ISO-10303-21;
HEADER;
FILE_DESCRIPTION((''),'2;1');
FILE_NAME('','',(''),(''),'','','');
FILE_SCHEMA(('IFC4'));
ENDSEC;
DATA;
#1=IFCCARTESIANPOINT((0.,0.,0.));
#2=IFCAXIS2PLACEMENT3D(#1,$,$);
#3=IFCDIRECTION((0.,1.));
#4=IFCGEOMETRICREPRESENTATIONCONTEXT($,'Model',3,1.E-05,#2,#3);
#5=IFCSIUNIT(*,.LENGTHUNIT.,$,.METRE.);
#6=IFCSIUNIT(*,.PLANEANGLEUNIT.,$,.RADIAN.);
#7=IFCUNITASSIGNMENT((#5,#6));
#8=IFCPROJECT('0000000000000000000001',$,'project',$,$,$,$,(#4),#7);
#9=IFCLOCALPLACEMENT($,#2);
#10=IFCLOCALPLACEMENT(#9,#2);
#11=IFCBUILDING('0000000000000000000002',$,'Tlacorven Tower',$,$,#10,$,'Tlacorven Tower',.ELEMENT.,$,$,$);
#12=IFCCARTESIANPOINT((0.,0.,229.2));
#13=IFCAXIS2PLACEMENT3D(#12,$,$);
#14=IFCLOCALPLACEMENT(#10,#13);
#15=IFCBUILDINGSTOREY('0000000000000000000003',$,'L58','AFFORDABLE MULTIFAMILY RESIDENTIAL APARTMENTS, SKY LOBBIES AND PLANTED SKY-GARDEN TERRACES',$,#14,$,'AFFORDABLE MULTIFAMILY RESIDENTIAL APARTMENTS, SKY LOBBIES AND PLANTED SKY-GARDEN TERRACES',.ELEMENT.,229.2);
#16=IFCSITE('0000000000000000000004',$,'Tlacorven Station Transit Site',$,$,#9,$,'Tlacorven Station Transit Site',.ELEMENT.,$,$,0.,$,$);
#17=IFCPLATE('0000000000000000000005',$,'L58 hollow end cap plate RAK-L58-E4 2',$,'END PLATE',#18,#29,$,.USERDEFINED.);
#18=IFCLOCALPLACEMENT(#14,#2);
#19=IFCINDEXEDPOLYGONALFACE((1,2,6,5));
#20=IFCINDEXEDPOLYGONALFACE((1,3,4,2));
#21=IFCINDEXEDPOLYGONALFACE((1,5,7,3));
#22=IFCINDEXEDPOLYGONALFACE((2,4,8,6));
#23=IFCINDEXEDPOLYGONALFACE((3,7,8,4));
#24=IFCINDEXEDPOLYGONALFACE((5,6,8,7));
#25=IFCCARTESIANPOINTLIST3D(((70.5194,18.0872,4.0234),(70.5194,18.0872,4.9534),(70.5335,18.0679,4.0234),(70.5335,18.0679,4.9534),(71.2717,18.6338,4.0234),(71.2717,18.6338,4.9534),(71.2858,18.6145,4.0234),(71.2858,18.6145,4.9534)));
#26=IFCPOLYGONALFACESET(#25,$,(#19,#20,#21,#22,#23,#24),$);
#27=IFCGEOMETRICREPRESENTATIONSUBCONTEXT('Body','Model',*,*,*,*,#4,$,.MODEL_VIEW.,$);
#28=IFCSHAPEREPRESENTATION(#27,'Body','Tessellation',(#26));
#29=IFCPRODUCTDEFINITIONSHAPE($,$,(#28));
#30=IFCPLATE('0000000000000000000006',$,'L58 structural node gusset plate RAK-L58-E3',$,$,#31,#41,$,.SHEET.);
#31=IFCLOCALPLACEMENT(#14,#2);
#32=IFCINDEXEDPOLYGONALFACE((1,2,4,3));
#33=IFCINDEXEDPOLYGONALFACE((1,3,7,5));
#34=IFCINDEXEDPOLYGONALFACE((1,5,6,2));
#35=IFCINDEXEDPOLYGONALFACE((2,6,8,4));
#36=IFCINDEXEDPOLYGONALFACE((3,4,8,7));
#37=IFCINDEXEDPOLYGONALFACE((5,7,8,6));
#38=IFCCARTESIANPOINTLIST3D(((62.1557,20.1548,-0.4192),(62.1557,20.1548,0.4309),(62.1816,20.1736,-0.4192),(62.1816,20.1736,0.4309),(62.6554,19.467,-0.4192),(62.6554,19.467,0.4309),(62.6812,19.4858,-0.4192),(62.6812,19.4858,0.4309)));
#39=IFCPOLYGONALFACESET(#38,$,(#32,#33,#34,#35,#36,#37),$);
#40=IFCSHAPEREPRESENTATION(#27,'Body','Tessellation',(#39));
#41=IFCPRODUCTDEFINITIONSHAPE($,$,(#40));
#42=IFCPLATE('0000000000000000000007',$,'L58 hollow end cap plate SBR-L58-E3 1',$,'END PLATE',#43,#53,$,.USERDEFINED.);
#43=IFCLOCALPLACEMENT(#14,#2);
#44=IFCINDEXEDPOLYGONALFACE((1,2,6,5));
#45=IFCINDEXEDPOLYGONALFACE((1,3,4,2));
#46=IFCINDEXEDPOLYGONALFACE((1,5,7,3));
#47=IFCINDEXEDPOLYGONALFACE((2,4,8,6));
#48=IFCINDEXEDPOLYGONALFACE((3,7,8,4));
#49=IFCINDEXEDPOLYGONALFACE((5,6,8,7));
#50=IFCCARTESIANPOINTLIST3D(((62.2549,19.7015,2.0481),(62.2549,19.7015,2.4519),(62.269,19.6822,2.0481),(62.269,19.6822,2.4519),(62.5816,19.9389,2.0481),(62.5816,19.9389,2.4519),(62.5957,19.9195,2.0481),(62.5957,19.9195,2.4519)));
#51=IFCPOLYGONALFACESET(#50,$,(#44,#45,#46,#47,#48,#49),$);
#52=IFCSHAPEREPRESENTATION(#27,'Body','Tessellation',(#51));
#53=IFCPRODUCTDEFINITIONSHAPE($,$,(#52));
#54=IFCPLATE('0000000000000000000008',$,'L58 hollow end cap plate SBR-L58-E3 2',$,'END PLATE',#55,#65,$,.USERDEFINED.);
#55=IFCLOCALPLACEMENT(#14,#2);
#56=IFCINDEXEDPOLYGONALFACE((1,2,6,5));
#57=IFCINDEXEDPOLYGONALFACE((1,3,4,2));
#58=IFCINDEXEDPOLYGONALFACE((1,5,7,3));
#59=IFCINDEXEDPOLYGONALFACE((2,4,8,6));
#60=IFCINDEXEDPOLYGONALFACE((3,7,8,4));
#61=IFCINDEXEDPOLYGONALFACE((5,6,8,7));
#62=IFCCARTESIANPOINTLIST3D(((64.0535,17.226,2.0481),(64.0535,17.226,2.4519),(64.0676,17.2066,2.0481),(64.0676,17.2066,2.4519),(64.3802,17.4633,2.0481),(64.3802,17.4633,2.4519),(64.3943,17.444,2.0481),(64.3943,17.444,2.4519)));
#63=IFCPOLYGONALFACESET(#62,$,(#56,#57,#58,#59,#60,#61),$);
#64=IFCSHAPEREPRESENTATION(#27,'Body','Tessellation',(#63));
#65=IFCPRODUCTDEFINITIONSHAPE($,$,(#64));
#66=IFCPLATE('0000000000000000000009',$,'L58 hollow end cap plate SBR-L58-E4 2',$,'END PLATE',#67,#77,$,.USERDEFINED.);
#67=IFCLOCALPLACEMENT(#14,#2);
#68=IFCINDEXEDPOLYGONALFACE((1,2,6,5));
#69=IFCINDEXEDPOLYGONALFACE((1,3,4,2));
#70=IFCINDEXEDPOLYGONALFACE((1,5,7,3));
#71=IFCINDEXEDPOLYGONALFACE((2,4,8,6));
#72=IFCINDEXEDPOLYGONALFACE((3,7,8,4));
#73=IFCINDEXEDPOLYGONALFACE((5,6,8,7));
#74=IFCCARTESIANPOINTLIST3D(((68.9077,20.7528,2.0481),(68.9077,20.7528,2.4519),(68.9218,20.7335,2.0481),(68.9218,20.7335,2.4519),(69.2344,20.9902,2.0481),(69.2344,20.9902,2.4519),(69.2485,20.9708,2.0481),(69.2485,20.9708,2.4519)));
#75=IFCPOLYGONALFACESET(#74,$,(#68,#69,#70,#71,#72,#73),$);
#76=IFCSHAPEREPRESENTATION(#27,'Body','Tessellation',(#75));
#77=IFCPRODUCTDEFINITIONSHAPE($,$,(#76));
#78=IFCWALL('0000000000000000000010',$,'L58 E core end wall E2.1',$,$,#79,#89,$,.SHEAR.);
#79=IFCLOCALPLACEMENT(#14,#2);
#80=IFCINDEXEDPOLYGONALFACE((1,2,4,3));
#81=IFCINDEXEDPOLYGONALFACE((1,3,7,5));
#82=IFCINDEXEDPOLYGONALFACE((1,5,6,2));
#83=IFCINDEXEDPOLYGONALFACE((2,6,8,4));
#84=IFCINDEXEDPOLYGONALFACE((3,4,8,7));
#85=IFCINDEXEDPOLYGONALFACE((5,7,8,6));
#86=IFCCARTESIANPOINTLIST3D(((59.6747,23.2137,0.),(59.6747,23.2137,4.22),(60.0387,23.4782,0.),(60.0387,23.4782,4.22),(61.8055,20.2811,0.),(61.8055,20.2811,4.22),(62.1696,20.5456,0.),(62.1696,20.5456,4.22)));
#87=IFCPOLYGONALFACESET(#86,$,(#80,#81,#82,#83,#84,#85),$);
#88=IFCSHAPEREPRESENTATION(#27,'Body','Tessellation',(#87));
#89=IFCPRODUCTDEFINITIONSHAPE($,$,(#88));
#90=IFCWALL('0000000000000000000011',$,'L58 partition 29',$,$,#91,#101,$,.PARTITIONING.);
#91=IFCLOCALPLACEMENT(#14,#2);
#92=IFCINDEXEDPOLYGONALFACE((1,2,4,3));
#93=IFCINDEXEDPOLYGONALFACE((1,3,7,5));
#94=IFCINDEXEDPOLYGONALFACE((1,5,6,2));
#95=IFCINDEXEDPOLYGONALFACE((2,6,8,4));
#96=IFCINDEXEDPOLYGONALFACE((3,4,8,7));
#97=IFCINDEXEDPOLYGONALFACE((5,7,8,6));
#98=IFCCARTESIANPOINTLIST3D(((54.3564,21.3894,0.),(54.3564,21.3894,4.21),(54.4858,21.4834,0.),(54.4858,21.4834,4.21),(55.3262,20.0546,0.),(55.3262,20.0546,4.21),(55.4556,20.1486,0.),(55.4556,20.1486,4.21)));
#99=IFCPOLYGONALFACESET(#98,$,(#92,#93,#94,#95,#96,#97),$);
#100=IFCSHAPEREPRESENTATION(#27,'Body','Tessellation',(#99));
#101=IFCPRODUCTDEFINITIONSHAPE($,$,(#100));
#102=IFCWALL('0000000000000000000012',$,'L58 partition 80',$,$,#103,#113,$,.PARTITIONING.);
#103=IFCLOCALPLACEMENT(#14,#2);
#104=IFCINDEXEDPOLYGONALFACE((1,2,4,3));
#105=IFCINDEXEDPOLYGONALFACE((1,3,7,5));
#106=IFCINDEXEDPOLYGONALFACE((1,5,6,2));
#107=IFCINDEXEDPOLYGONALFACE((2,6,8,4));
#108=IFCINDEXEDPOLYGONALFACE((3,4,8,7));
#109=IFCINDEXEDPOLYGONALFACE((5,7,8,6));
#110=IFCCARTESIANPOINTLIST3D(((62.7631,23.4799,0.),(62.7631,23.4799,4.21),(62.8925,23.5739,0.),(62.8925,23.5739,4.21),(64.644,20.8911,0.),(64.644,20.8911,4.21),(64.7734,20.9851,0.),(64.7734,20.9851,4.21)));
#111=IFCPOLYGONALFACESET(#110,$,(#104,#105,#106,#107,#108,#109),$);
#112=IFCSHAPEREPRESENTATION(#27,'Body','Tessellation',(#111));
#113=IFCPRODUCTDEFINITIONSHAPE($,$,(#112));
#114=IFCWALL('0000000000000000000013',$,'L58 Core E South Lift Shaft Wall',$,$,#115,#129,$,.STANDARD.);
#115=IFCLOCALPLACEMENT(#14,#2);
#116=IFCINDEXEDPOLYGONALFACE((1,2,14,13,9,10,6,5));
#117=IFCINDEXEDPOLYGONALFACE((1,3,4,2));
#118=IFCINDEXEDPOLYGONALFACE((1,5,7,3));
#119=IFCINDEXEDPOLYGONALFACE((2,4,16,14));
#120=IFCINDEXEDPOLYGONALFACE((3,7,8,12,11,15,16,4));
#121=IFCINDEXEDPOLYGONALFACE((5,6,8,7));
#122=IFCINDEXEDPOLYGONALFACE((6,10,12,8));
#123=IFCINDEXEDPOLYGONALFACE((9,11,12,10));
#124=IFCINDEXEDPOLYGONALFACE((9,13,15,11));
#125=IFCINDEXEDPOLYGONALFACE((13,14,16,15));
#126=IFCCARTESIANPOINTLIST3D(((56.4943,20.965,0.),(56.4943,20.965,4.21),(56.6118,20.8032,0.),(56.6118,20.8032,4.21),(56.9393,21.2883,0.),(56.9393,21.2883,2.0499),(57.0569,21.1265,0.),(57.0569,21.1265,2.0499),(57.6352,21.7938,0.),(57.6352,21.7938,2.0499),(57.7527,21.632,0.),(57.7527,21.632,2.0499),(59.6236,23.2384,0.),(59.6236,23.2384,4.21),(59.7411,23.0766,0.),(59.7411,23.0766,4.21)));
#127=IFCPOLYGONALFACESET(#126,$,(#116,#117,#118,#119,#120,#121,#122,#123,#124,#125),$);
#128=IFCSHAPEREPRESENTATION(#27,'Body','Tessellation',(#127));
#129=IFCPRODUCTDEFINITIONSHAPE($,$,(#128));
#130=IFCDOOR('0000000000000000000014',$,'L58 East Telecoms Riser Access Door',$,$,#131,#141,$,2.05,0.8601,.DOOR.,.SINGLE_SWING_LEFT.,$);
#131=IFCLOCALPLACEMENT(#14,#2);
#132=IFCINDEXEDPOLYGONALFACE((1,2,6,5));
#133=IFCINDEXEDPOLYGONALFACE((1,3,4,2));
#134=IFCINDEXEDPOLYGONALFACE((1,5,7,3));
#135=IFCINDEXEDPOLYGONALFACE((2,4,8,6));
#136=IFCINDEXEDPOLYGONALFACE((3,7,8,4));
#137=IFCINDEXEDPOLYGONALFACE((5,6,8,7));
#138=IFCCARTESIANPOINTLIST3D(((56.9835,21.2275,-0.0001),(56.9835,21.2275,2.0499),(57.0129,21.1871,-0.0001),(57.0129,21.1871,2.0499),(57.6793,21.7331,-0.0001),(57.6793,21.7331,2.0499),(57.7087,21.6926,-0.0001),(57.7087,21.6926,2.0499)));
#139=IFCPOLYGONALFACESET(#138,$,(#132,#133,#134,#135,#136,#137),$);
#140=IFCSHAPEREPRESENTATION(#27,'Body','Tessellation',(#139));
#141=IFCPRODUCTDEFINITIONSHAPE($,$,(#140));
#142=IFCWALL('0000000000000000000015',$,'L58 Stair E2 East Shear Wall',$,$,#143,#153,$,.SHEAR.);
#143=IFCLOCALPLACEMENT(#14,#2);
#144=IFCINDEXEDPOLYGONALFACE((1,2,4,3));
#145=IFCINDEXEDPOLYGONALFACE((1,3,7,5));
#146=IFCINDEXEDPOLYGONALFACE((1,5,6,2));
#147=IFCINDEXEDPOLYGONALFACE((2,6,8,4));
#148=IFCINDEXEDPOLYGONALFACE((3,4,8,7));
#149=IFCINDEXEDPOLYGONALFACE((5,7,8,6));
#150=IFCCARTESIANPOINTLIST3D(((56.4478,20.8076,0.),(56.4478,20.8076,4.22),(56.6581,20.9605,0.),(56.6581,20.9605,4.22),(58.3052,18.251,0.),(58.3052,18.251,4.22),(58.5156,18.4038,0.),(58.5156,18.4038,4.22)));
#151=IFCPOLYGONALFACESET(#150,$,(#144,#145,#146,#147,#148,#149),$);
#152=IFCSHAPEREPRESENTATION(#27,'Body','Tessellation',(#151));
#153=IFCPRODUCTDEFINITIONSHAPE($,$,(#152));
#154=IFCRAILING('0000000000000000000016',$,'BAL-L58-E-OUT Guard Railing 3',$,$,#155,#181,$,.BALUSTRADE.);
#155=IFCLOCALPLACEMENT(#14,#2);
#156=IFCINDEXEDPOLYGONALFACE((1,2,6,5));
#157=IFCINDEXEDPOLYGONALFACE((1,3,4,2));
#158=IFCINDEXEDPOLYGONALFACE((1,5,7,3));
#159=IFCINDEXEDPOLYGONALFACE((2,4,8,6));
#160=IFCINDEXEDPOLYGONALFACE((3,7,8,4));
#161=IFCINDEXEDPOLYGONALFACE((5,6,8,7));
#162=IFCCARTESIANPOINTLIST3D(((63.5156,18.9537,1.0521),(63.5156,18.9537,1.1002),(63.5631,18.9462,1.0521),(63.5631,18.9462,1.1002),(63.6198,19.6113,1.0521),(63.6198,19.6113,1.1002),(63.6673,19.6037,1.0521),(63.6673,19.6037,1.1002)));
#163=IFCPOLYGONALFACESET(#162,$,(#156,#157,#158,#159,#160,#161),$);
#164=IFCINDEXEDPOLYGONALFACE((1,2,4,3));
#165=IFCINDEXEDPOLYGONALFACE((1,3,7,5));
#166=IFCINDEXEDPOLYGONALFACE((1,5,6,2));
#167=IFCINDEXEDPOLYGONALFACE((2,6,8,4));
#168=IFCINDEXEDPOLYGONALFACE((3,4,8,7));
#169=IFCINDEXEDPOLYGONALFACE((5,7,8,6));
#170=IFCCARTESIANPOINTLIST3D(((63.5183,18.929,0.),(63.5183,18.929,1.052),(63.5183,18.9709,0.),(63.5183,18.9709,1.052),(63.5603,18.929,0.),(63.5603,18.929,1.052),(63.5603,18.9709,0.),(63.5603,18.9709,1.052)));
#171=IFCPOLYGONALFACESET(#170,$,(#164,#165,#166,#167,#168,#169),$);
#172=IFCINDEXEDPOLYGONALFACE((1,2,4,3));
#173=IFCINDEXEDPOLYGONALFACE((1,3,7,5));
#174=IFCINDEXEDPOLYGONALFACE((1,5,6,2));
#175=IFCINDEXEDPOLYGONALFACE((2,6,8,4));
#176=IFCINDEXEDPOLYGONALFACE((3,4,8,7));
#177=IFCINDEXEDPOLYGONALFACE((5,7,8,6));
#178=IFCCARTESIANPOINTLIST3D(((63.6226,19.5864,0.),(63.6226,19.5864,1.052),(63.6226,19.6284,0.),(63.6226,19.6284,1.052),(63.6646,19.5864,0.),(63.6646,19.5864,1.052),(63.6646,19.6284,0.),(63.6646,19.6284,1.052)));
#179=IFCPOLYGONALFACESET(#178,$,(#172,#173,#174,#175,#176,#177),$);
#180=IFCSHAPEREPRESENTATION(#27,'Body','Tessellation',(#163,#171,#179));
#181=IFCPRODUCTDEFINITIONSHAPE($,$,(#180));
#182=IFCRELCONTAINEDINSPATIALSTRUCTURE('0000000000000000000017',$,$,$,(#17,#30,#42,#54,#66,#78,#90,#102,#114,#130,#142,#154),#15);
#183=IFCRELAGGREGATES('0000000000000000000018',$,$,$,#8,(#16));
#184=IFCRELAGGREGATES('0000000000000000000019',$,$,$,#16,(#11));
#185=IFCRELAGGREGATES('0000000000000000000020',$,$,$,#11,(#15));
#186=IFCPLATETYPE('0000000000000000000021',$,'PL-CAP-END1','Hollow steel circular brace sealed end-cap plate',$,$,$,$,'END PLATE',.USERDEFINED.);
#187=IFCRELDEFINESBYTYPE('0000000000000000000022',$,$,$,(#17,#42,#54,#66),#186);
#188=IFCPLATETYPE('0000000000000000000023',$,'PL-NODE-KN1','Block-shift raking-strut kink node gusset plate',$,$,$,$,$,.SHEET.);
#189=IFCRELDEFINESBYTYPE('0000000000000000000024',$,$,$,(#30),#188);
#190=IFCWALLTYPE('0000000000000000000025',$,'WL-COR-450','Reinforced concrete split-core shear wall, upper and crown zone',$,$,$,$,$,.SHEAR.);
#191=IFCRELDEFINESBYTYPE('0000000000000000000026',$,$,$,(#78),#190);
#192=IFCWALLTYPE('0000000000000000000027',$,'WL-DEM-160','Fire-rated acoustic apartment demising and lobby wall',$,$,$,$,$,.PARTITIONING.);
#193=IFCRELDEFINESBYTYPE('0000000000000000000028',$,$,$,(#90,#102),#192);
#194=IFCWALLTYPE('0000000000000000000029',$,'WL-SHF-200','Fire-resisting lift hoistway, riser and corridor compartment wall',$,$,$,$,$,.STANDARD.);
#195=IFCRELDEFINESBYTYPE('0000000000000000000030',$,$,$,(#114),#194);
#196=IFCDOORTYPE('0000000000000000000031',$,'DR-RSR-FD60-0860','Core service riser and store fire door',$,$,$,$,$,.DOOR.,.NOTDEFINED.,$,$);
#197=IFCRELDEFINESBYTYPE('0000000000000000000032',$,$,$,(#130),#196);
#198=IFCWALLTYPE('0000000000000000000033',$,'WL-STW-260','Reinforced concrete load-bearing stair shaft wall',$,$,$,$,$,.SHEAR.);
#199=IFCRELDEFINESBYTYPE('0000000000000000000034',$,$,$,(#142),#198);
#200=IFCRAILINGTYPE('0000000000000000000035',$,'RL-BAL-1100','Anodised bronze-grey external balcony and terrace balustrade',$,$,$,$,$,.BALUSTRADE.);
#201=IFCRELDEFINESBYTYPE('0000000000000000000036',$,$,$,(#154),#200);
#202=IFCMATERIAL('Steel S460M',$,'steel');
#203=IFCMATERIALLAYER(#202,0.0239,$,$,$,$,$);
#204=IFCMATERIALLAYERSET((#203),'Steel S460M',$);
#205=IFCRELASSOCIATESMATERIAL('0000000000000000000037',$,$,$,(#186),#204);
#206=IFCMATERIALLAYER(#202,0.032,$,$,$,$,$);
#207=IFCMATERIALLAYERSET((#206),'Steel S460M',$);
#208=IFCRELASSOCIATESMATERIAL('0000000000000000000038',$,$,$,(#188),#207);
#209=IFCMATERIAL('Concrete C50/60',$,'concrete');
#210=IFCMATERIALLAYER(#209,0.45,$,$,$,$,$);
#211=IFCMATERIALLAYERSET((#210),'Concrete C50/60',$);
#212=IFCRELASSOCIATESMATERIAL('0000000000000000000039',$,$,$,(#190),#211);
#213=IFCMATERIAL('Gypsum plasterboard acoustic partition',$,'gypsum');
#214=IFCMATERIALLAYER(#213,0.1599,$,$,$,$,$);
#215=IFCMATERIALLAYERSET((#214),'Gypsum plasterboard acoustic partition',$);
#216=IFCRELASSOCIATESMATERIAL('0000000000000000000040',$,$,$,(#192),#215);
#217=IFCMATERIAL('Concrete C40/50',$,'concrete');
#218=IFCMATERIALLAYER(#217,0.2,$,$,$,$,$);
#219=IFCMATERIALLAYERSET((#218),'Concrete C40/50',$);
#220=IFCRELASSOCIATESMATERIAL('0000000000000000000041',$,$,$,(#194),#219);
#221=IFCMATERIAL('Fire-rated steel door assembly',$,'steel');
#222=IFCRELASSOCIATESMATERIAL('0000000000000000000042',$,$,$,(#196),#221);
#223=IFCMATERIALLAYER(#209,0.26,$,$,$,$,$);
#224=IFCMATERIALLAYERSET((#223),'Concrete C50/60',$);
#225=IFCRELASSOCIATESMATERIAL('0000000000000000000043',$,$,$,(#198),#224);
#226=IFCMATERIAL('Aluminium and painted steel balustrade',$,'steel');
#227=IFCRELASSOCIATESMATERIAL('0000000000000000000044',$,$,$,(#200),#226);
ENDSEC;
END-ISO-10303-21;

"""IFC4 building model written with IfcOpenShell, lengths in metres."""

from ifc_helpers import new_model, si_unit, direction, frame, frame_2d, origin, origin_2d, place, context, subcontext, project, spatial, rectangle, extrude, source, transform, mapped, material, layer, layer_set, type_object, element, fill, save


model = new_model("IFC4")

# Units and contexts
model_context = context("Model", 3, precision=1e-05, world=origin(), true_north=direction((0.0, 1.0)))
body_context = subcontext(model_context, "Body", "Model", "MODEL_VIEW")
ifc_project = project(units=[si_unit("LENGTHUNIT", "METRE"), si_unit("PLANEANGLEUNIT", "RADIAN")], contexts=[model_context])

# Site, building, storey
site_placement = place(None, origin())
site = spatial("IfcSite", under=ifc_project, at=site_placement, Name="Tlacorven Station Transit Site", LongName="Tlacorven Station Transit Site", CompositionType="ELEMENT", RefElevation=0.0)
building_placement = place(site_placement, origin())
building = spatial("IfcBuilding", under=site, at=building_placement, Name="Tlacorven Tower", LongName="Tlacorven Tower", CompositionType="ELEMENT")
storey_placement = place(building_placement, frame((0.0, 0.0, 229.2)))
storey = spatial("IfcBuildingStorey", under=building, at=storey_placement, Name="L58", Description="AFFORDABLE MULTIFAMILY RESIDENTIAL APARTMENTS, SKY LOBBIES AND PLANTED SKY-GARDEN TERRACES", LongName="AFFORDABLE MULTIFAMILY RESIDENTIAL APARTMENTS, SKY LOBBIES AND PLANTED SKY-GARDEN TERRACES", CompositionType="ELEMENT", Elevation=229.2)

# Shared definitions
ifc_material_1 = material(Name="Steel S460M", Category="steel")

# Plates
ifc_layer_1 = layer(ifc_material_1, 0.0239)
ifc_layer_set_1 = layer_set([ifc_layer_1], Name="Steel S460M")
plate_type_1 = type_object("IfcPlateType", Name="PL-CAP-END1", Description="Hollow steel circular brace sealed end-cap plate", ElementType="END PLATE", PredefinedType="USERDEFINED", material=ifc_layer_set_1)
shared_shape_1 = source(origin(), body_context, "Body", "SweptSolid", [
    extrude(rectangle(XDim=0.0239, YDim=0.9299, at=origin_2d()), origin(), (0.0, 0.0, 1.0), 0.9299),
])
for number, where, z_axis, x_axis, name in (
    (1, (70.9026, 18.3508, 4.0234), (0.0, 0.0, 1.0), (0.587785, -0.809017, 0.0), "L58 hollow end cap plate RAK-L58-E4 2"),
):
    element("IfcPlate", number, at=place(storey_placement, frame(where, z_axis=z_axis, x_axis=x_axis)), inside=storey, type_object=plate_type_1, Name=name, ObjectType="END PLATE", PredefinedType="USERDEFINED", context=body_context, shape_type="MappedRepresentation", body=[
        mapped(shared_shape_1, transform((0.0, 0.0, 0.0), scale=1.0)),
    ])
ifc_layer_2 = layer(ifc_material_1, 0.032)
ifc_layer_set_2 = layer_set([ifc_layer_2], Name="Steel S460M")
plate_type_2 = type_object("IfcPlateType", Name="PL-NODE-KN1", Description="Block-shift raking-strut kink node gusset plate", PredefinedType="SHEET", material=ifc_layer_set_2)
shared_shape_2 = source(origin(), body_context, "Body", "SweptSolid", [
    extrude(rectangle(XDim=0.8501, YDim=0.032, at=origin_2d()), origin(), (0.0, 0.0, 1.0), 0.8501),
])
plate_placement = place(storey_placement, frame((62.4185, 19.8203, -0.4192), z_axis=(0.0, 0.0, 1.0), x_axis=(0.587785, -0.809017, 0.0)))
element("IfcPlate", 2, at=plate_placement, inside=storey, type_object=plate_type_2, Name="L58 structural node gusset plate RAK-L58-E3", PredefinedType="SHEET", context=body_context, shape_type="MappedRepresentation", body=[
    mapped(shared_shape_2, transform((0.0, 0.0, 0.0), scale=1.0)),
])
shared_shape_3 = source(origin(), body_context, "Body", "SweptSolid", [
    extrude(rectangle(XDim=0.0239, YDim=0.4038, at=origin_2d()), origin(), (0.0, 0.0, 1.0), 0.4038),
])
for number, where, z_axis, x_axis, name in (
    (3, (62.4253, 19.8105, 2.0481), (0.0, 0.0, 1.0), (0.587786, -0.809016, 0.0), "L58 hollow end cap plate SBR-L58-E3 1"),
    (4, (64.2239, 17.335, 2.0481), (0.0, 0.0, 1.0), (0.587786, -0.809016, 0.0), "L58 hollow end cap plate SBR-L58-E3 2"),
    (5, (69.0781, 20.8618, 2.0481), (0.0, 0.0, 1.0), (0.587785, -0.809017, 0.0), "L58 hollow end cap plate SBR-L58-E4 2"),
):
    element("IfcPlate", number, at=place(storey_placement, frame(where, z_axis=z_axis, x_axis=x_axis)), inside=storey, type_object=plate_type_1, Name=name, ObjectType="END PLATE", PredefinedType="USERDEFINED", context=body_context, shape_type="MappedRepresentation", body=[
        mapped(shared_shape_3, transform((0.0, 0.0, 0.0), scale=1.0)),
    ])

# Walls
ifc_material_2 = material(Name="Concrete C50/60", Category="concrete")
ifc_layer_3 = layer(ifc_material_2, 0.45)
ifc_layer_set_3 = layer_set([ifc_layer_3], Name="Concrete C50/60")
wall_type_1 = type_object("IfcWallType", Name="WL-COR-450", Description="Reinforced concrete split-core shear wall, upper and crown zone", PredefinedType="SHEAR", material=ifc_layer_set_3)
wall_1_placement = place(storey_placement, frame((61.9875, 20.4133, 0.0), z_axis=(0.0, 0.0, 1.0), x_axis=(-0.587819, 0.808992, 0.0)))
element("IfcWall", 6, at=wall_1_placement, inside=storey, type_object=wall_type_1, Name="L58 E core end wall E2.1", PredefinedType="SHEAR", context=body_context, shape_type="SweptSolid", body=[
    extrude(rectangle(XDim=3.625, YDim=0.45, at=frame_2d((1.8125, 0.0))), origin(), (0.0, 0.0, 1.0), 4.22),
])
ifc_material_3 = material(Name="Gypsum plasterboard acoustic partition", Category="gypsum")
ifc_layer_4 = layer(ifc_material_3, 0.1599)
ifc_layer_set_4 = layer_set([ifc_layer_4], Name="Gypsum plasterboard acoustic partition")
wall_type_2 = type_object("IfcWallType", Name="WL-DEM-160", Description="Fire-rated acoustic apartment demising and lobby wall", PredefinedType="PARTITIONING", material=ifc_layer_set_4)
wall_2_placement = place(storey_placement, frame((55.3909, 20.1016, 0.0), z_axis=(0.0, 0.0, 1.0), x_axis=(-0.587784, 0.809018, 0.0)))
element("IfcWall", 7, at=wall_2_placement, inside=storey, type_object=wall_type_2, Name="L58 partition 29", PredefinedType="PARTITIONING", context=body_context, shape_type="SweptSolid", body=[
    extrude(rectangle(XDim=1.6499, YDim=0.1599, at=frame_2d((0.825, 0.0))), origin(), (0.0, 0.0, 1.0), 4.21),
])
wall_3_placement = place(storey_placement, frame((64.7087, 20.938, 0.0), z_axis=(0.0, 0.0, 1.0), x_axis=(-0.587772, 0.809026, 0.0)))
element("IfcWall", 8, at=wall_3_placement, inside=storey, type_object=wall_type_2, Name="L58 partition 80", PredefinedType="PARTITIONING", context=body_context, shape_type="SweptSolid", body=[
    extrude(rectangle(XDim=3.2, YDim=0.1599, at=frame_2d((1.6001, 0.0))), origin(), (0.0, 0.0, 1.0), 4.21),
])

# Wall, opening, door
ifc_material_4 = material(Name="Concrete C40/50", Category="concrete")
ifc_layer_5 = layer(ifc_material_4, 0.2)
ifc_layer_set_5 = layer_set([ifc_layer_5], Name="Concrete C40/50")
wall_type_3 = type_object("IfcWallType", Name="WL-SHF-200", Description="Fire-resisting lift hoistway, riser and corridor compartment wall", PredefinedType="STANDARD", material=ifc_layer_set_5)
wall_4_placement = place(storey_placement, frame((56.553, 20.884, 0.0), z_axis=(0.0, 0.0, 1.0), x_axis=(0.809042, 0.587751, 0.0)))
wall_4 = element("IfcWall", 9, at=wall_4_placement, inside=storey, type_object=wall_type_3, Name="L58 Core E South Lift Shaft Wall", PredefinedType="STANDARD", context=body_context, shape_type="SweptSolid", body=[
    extrude(rectangle(XDim=3.8679, YDim=0.2, at=frame_2d((1.9341, 0.0))), origin(), (0.0, 0.0, 1.0), 4.21),
])
opening_placement = place(wall_4_placement, frame((0.55, 0.0, 0.0)))
opening = element("IfcOpeningElement", 10, at=opening_placement, cuts=wall_4, PredefinedType="OPENING", context=body_context, shape_type="SweptSolid", body=[
    extrude(rectangle(XDim=0.8601, YDim=2.05, at=frame_2d((0.4302, 1.0249))), frame((0.0, 0.1099, 0.0), z_axis=(0.0, -1.0, 0.0), x_axis=(1.0, 0.0, 0.0)), (0.0, 0.0, 1.0), 0.22),
])
ifc_material_5 = material(Name="Fire-rated steel door assembly", Category="steel")
door_type = type_object("IfcDoorType", Name="DR-RSR-FD60-0860", Description="Core service riser and store fire door", OperationType="NOTDEFINED", PredefinedType="DOOR", material=ifc_material_5)
shared_shape_4 = source(origin(), body_context, "Body", "SweptSolid", [
    extrude(rectangle(XDim=0.8601, YDim=2.05, at=frame_2d((0.4302, 1.0249))), frame((0.0, 0.0249, 0.0), z_axis=(0.0, -1.0, 0.0), x_axis=(1.0, 0.0, 0.0)), (0.0, 0.0, 1.0), 0.05),
])
door_placement = place(opening_placement, origin())
door = element("IfcDoor", 11, at=door_placement, inside=storey, type_object=door_type, Name="L58 East Telecoms Riser Access Door", OperationType="SINGLE_SWING_LEFT", OverallHeight=2.05, OverallWidth=0.8601, PredefinedType="DOOR", context=body_context, shape_type="MappedRepresentation", body=[
    mapped(shared_shape_4, transform((0.0, 0.0, 0.0), scale=1.0)),
])
fill(opening, door)

# Wall
ifc_layer_6 = layer(ifc_material_2, 0.26)
ifc_layer_set_6 = layer_set([ifc_layer_6], Name="Concrete C50/60")
wall_type_4 = type_object("IfcWallType", Name="WL-STW-260", Description="Reinforced concrete load-bearing stair shaft wall", PredefinedType="SHEAR", material=ifc_layer_set_6)
wall_5_placement = place(storey_placement, frame((58.4104, 18.3274, 0.0), z_axis=(0.0, 0.0, 1.0), x_axis=(-0.587767, 0.80903, 0.0)))
element("IfcWall", 12, at=wall_5_placement, inside=storey, type_object=wall_type_4, Name="L58 Stair E2 East Shear Wall", PredefinedType="SHEAR", context=body_context, shape_type="SweptSolid", body=[
    extrude(rectangle(XDim=3.1602, YDim=0.26, at=frame_2d((1.5801, 0.0))), origin(), (0.0, 0.0, 1.0), 4.22),
])

# Railing
ifc_material_6 = material(Name="Aluminium and painted steel balustrade", Category="steel")
railing_type_1 = type_object("IfcRailingType", Name="RL-BAL-1100", Description="Anodised bronze-grey external balcony and terrace balustrade", PredefinedType="BALUSTRADE", material=ifc_material_6)
shared_shape_5 = source(origin(), body_context, "Body", "SweptSolid", [
    extrude(rectangle(XDim=0.0481, YDim=0.0481, at=origin_2d()), frame((0.0, 0.0, 1.0762), z_axis=(0.156603, 0.987662, 0.0), x_axis=(-0.987662, 0.156603, 0.0)), (0.0, 0.0, 1.0), 0.6658),
    extrude(rectangle(XDim=0.042, YDim=0.042, at=origin_2d()), origin(), (0.0, 0.0, 1.0), 1.052),
    extrude(rectangle(XDim=0.042, YDim=0.042, at=origin_2d()), frame((0.1042, 0.6575, 0.0)), (0.0, 0.0, 1.0), 1.052),
])
railing_1_placement = place(storey_placement, frame((63.5393, 18.95, 0.0)))
element("IfcRailing", 13, at=railing_1_placement, inside=storey, type_object=railing_type_1, Name="BAL-L58-E-OUT Guard Railing 3", PredefinedType="BALUSTRADE", context=body_context, shape_type="MappedRepresentation", body=[
    mapped(shared_shape_5, transform((0.0, 0.0, 0.0), scale=1.0)),
])

save(model, "model.ifc")
